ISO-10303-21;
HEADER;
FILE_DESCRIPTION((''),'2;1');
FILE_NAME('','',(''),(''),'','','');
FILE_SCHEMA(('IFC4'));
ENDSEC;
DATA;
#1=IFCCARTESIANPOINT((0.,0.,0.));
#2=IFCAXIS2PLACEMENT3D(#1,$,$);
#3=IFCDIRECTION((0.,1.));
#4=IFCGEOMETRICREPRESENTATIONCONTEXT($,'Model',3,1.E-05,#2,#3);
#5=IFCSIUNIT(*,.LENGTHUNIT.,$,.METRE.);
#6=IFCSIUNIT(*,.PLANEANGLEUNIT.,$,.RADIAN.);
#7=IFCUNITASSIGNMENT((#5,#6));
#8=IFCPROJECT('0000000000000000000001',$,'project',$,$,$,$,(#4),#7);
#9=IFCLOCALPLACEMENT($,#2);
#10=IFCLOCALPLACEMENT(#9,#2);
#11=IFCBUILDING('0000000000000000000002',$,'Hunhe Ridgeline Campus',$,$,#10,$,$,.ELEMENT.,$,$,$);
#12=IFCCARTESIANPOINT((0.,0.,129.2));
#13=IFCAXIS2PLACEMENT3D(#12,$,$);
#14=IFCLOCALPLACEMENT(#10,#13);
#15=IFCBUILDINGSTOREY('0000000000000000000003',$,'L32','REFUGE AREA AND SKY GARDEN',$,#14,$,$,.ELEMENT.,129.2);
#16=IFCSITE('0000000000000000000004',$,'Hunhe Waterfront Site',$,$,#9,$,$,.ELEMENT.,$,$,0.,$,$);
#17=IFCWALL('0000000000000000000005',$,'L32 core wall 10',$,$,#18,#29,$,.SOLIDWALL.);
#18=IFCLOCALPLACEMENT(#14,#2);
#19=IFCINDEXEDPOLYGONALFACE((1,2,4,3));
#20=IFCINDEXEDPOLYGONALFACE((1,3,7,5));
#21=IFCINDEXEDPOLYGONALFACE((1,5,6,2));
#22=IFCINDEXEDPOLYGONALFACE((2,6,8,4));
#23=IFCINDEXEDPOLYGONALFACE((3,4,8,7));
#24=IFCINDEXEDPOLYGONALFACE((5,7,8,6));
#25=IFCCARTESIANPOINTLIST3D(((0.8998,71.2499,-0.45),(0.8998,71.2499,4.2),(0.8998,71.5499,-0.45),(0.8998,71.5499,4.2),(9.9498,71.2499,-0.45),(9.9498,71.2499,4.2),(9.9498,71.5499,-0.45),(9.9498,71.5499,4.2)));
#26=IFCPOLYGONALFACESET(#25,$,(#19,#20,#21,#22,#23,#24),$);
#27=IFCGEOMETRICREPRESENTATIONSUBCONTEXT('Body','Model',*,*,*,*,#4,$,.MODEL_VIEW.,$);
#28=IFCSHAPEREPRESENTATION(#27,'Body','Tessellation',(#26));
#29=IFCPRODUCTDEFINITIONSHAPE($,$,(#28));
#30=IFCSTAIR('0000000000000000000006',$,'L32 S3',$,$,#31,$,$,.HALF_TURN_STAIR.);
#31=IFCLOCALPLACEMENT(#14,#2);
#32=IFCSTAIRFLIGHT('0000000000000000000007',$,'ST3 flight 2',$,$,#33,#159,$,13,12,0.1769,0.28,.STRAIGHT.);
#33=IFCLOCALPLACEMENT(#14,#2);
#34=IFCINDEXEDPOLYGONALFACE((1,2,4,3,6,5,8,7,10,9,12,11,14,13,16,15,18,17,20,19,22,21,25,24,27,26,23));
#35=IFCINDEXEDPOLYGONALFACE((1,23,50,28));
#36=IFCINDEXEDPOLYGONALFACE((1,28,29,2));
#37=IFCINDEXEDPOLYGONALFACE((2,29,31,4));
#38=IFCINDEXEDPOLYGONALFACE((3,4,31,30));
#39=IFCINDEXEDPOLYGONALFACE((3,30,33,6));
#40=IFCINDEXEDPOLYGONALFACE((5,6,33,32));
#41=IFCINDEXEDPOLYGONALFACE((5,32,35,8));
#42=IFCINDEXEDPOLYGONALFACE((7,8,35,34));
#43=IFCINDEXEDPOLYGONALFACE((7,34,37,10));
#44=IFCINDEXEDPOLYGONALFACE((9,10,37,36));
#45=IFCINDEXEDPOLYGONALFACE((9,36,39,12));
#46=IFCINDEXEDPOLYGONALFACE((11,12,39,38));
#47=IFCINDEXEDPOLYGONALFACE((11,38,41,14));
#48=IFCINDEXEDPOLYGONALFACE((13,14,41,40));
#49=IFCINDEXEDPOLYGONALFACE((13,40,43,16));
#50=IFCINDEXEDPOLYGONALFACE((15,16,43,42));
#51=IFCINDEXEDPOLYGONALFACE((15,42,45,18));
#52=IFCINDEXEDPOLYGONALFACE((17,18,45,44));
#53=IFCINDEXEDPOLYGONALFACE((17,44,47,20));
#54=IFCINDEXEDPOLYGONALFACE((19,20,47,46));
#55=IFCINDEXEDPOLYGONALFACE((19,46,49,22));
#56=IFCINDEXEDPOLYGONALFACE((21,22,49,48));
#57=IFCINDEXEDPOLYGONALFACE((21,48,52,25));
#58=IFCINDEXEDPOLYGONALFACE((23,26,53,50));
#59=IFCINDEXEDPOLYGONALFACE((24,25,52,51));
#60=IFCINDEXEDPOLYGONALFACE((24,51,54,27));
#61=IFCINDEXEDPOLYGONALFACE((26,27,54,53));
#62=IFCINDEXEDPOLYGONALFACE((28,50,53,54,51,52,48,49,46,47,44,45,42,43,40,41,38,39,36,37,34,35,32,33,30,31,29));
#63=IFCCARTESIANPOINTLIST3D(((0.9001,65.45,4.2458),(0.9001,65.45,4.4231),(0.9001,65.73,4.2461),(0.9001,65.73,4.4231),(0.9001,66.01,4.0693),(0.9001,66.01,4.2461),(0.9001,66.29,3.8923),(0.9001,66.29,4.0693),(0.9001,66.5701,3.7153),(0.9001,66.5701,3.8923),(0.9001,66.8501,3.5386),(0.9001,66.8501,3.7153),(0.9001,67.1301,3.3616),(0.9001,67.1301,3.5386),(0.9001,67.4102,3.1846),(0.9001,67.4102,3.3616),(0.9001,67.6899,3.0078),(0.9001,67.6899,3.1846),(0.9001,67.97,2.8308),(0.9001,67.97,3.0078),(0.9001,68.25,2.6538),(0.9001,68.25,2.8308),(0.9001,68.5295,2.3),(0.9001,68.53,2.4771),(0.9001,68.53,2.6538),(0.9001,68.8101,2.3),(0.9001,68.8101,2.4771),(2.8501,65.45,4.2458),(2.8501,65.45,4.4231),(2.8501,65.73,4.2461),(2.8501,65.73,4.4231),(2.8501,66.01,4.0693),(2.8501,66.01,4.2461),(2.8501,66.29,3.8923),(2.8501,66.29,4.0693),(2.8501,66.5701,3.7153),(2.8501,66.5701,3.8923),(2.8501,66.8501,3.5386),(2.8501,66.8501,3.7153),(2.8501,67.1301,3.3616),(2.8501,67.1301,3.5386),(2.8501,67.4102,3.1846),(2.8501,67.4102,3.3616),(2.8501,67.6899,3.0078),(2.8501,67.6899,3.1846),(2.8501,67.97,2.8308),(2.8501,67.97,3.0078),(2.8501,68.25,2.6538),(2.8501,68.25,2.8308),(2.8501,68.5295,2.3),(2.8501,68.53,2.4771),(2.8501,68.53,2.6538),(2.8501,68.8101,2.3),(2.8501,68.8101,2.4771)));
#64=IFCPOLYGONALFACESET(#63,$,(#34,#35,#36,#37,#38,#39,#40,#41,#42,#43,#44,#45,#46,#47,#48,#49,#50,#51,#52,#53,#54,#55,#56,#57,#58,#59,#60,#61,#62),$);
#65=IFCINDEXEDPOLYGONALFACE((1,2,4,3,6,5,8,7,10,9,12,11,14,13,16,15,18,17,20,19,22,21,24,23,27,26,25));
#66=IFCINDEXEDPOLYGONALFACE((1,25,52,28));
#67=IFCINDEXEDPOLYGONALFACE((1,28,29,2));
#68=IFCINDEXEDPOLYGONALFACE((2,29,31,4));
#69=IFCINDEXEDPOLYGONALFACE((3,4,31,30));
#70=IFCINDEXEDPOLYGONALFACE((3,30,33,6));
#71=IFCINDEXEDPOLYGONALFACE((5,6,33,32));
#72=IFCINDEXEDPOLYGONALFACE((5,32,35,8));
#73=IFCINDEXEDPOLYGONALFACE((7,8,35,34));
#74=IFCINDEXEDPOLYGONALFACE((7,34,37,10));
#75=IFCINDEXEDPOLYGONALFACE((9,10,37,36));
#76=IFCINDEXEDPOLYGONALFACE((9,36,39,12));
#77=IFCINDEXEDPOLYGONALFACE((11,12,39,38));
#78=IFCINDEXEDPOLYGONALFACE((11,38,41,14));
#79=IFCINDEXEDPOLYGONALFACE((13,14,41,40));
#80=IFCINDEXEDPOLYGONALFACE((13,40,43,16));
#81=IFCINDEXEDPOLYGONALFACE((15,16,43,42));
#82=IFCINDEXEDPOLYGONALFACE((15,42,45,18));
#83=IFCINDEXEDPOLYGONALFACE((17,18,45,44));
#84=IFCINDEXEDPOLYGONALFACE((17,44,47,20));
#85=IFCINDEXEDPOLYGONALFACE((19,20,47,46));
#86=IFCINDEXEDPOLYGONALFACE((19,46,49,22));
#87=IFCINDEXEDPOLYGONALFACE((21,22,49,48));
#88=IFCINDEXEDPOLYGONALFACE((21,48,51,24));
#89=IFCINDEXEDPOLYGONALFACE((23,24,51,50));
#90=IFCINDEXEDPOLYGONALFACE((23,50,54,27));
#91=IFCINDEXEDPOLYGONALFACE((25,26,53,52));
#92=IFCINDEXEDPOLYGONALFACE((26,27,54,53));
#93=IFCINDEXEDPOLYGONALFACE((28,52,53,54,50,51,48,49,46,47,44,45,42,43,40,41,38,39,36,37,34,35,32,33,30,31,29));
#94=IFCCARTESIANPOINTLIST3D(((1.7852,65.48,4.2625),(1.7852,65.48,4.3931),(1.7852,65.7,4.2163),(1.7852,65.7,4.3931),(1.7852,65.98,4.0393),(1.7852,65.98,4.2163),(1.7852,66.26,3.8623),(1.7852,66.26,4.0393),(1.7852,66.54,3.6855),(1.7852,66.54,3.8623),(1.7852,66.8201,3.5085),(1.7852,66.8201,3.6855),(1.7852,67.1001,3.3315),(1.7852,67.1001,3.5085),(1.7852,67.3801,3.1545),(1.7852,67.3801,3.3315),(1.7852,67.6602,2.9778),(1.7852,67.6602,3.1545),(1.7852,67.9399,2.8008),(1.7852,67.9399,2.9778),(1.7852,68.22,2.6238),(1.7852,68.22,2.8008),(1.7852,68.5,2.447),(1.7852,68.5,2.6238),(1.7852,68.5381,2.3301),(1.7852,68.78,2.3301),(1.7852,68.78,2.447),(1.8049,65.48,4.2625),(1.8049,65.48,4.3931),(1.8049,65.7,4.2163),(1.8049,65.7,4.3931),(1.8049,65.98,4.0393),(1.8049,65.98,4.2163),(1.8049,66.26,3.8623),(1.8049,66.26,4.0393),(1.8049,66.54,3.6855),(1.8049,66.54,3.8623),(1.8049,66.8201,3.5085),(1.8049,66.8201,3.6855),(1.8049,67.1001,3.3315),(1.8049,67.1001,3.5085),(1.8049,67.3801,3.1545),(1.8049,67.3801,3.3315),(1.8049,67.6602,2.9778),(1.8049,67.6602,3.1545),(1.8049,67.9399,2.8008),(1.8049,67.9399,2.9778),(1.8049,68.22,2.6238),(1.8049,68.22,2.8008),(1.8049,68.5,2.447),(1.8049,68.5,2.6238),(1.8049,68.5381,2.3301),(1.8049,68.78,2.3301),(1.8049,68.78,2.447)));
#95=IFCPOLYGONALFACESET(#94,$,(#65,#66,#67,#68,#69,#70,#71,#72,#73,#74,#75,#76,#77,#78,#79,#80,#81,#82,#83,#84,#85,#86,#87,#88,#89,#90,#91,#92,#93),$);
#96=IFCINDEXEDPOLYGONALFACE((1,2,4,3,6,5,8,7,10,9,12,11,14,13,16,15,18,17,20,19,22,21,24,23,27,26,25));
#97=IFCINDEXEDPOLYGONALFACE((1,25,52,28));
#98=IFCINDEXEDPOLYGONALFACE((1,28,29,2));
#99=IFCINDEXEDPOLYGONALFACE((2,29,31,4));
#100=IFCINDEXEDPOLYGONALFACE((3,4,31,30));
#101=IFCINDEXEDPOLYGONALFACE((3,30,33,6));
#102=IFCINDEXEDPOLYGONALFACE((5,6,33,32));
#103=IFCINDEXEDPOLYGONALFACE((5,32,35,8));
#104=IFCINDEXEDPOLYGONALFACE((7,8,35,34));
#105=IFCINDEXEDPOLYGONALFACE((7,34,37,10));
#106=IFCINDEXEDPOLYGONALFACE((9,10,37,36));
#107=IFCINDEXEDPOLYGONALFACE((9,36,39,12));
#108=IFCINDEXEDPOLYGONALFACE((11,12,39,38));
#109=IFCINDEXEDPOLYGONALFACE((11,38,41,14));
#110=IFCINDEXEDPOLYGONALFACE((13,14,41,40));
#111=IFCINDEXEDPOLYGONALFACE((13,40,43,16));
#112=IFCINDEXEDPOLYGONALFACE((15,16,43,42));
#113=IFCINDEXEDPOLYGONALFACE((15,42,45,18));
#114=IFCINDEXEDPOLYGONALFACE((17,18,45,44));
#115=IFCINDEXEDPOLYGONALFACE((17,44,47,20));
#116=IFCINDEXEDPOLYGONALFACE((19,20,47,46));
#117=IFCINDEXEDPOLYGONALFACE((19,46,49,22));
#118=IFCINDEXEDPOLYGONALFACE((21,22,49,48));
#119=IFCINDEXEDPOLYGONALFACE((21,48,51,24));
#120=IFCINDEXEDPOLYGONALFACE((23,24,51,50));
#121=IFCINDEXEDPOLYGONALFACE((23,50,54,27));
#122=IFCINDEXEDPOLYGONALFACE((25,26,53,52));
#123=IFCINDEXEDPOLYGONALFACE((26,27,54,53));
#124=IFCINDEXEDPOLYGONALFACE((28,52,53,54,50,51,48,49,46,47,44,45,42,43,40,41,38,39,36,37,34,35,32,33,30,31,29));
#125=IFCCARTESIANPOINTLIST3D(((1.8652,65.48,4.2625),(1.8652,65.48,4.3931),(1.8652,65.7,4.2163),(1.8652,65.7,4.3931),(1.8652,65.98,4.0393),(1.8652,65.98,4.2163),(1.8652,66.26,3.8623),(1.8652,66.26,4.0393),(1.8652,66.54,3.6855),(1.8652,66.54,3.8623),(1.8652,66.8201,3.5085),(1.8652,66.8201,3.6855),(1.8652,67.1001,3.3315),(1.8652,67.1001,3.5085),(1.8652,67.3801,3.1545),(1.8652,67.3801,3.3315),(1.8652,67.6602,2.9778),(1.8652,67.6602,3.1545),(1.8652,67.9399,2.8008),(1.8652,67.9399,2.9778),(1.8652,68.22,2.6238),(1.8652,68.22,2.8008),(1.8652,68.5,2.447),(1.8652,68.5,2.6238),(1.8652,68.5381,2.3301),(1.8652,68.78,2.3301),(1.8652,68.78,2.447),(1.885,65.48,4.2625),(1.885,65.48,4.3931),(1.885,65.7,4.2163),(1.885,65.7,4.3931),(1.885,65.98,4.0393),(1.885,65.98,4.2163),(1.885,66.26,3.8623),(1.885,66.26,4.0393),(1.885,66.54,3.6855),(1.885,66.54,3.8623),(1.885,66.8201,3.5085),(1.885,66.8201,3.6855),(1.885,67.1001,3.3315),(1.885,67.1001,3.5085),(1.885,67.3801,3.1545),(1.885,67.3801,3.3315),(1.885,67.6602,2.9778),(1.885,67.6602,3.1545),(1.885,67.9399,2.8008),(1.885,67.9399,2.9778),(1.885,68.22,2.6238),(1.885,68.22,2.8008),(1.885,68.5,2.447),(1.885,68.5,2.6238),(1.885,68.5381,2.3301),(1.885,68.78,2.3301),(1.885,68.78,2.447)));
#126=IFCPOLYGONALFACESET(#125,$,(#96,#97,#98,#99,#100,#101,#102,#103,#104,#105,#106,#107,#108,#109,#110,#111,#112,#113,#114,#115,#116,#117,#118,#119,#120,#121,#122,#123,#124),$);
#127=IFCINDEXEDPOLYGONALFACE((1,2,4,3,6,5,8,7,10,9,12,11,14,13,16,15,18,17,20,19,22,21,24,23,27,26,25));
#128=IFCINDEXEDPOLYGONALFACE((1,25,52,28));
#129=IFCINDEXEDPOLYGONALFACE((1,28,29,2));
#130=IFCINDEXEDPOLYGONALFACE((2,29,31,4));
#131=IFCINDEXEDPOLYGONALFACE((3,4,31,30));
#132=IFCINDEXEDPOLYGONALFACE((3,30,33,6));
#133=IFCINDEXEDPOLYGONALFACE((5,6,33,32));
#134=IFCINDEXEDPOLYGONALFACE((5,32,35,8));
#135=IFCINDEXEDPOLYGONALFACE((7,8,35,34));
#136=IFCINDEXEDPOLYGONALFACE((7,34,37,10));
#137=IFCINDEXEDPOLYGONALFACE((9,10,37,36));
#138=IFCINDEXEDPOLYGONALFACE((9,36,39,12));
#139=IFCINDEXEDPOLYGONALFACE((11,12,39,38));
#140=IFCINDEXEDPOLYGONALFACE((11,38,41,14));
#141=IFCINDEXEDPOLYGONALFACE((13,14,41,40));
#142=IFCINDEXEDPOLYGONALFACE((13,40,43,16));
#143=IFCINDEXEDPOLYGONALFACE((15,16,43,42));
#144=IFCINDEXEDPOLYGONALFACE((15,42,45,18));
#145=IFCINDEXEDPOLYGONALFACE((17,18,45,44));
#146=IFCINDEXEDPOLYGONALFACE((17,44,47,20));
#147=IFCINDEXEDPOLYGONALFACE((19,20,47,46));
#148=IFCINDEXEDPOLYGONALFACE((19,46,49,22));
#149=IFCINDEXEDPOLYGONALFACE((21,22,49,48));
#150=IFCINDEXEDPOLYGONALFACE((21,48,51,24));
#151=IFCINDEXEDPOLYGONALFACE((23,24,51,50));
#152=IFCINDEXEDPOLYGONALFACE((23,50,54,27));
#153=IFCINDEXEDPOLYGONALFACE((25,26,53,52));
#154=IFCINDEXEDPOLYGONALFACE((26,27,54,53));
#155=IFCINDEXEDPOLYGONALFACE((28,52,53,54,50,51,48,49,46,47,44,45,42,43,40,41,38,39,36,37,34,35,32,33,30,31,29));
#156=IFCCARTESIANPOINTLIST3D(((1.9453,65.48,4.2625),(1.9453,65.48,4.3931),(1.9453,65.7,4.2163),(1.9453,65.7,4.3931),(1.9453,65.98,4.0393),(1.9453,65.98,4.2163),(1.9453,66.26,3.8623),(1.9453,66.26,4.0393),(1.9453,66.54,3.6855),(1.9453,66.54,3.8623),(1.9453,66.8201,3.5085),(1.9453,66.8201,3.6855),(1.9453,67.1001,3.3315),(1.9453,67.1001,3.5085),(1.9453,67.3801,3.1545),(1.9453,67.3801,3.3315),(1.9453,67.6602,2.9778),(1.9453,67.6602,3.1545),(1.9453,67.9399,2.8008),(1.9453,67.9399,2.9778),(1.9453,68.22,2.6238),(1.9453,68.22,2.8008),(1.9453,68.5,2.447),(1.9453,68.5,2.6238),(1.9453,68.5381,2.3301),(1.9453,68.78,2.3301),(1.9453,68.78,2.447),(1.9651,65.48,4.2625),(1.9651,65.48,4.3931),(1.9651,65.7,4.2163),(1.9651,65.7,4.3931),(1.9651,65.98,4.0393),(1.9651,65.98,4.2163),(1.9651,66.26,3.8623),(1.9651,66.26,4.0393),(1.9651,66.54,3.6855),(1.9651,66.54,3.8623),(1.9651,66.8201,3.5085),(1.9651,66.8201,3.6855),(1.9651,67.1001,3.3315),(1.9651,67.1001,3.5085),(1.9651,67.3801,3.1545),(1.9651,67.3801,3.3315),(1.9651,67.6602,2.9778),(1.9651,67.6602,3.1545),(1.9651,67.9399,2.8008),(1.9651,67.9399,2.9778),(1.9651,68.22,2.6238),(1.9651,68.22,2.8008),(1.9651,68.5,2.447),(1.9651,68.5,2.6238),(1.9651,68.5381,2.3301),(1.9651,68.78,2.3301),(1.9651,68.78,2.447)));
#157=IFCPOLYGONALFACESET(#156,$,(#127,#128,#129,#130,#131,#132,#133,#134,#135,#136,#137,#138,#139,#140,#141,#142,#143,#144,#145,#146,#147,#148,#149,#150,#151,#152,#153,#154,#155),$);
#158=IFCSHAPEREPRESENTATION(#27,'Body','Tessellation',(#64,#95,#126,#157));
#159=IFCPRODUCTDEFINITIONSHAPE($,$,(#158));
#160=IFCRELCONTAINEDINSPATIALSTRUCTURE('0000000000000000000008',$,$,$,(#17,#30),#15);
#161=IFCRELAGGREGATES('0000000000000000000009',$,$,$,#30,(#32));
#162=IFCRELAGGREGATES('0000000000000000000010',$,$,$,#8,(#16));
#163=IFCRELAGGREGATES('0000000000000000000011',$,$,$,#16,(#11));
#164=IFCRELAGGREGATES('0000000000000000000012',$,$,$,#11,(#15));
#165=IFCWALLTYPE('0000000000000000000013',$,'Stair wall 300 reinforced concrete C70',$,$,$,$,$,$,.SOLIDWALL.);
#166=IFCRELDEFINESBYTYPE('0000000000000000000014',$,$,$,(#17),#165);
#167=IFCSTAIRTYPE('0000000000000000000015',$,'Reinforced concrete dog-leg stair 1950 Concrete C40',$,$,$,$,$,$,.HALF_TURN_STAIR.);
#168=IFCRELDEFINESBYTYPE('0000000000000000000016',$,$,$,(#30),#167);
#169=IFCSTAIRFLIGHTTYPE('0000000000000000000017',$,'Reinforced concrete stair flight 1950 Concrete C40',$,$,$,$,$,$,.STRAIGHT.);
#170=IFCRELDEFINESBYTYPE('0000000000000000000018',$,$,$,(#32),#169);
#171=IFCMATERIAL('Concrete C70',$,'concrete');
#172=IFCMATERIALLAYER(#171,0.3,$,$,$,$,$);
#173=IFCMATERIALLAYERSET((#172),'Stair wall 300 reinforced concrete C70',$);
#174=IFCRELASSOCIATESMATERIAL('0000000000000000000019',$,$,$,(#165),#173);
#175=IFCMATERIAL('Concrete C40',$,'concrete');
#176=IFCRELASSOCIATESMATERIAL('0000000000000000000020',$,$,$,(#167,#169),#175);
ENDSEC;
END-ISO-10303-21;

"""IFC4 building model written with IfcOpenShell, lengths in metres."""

from ifc_helpers import new_model, si_unit, direction, frame, frame_2d, origin, place, context, subcontext, project, spatial, polyline, rectangle, outline, extrude, material, layer, layer_set, type_object, element, aggregate, save


model = new_model("IFC4")

# Units and contexts
model_context = context("Model", 3, precision=1e-05, world=origin(), true_north=direction((0.0, 1.0)))
body_context = subcontext(model_context, "Body", "Model", "MODEL_VIEW")
ifc_project = project(units=[si_unit("LENGTHUNIT", "METRE"), si_unit("PLANEANGLEUNIT", "RADIAN")], contexts=[model_context])

# Site, building, storey
site_placement = place(None, origin())
site = spatial("IfcSite", under=ifc_project, at=site_placement, Name="Hunhe Waterfront Site", CompositionType="ELEMENT", RefElevation=0.0)
building_placement = place(site_placement, origin())
building = spatial("IfcBuilding", under=site, at=building_placement, Name="Hunhe Ridgeline Campus", CompositionType="ELEMENT")
storey_placement = place(building_placement, frame((0.0, 0.0, 129.2)))
storey = spatial("IfcBuildingStorey", under=building, at=storey_placement, Name="L32", Description="REFUGE AREA AND SKY GARDEN", CompositionType="ELEMENT", Elevation=129.2)

# Shared definitions
ifc_material_1 = material(Name="Concrete C70", Category="concrete")

# Wall
ifc_layer_1 = layer(ifc_material_1, 0.3)
ifc_layer_set_1 = layer_set([ifc_layer_1], Name="Stair wall 300 reinforced concrete C70")
wall_type_1 = type_object("IfcWallType", Name="Stair wall 300 reinforced concrete C70", PredefinedType="SOLIDWALL", material=ifc_layer_set_1)
wall_1_placement = place(storey_placement, frame((0.8999, 71.3999, -0.45), z_axis=(0.0, 0.0, 1.0), x_axis=(1.0, 0.0, 0.0)))
element("IfcWall", 1, at=wall_1_placement, inside=storey, type_object=wall_type_1, Name="L32 core wall 10", PredefinedType="SOLIDWALL", context=body_context, shape_type="SweptSolid", body=[
    extrude(rectangle(XDim=9.05, YDim=0.3, at=frame_2d((4.5249, 0.0))), origin(), (0.0, 0.0, 1.0), 4.6499),
])

# Stair, stair flight
ifc_material_2 = material(Name="Concrete C40", Category="concrete")
stair_type = type_object("IfcStairType", Name="Reinforced concrete dog-leg stair 1950 Concrete C40", PredefinedType="HALF_TURN_STAIR", material=ifc_material_2)
stair_placement = place(storey_placement, origin())
stair = element("IfcStair", 2, at=stair_placement, inside=storey, type_object=stair_type, Name="L32 S3", PredefinedType="HALF_TURN_STAIR")
stair_flight_type = type_object("IfcStairFlightType", Name="Reinforced concrete stair flight 1950 Concrete C40", PredefinedType="STRAIGHT", material=ifc_material_2)
stair_flight_placement = place(storey_placement, frame((1.875, 68.8101, 2.3), z_axis=(0.0, 0.0, 1.0), x_axis=(0.0, -1.0, 0.0)))
stair_flight = element("IfcStairFlight", 3, at=stair_flight_placement, type_object=stair_flight_type, Name="ST3 flight 2", NumberOfRisers=13, NumberOfTreads=12, PredefinedType="STRAIGHT", RiserHeight=0.1769, TreadLength=0.28, context=body_context, shape_type="SweptSolid", body=[
    extrude(outline(polyline([(0.0, 0.0), (0.0, 0.177), (0.28, 0.177), (0.28, 0.3538), (0.5601, 0.3538), (0.5601, 0.5308), (0.8401, 0.5308), (0.8401, 0.7078), (1.1201, 0.7078), (1.1201, 0.8845), (1.3999, 0.8845), (1.3999, 1.0615), (1.6799, 1.0615), (1.6799, 1.2385), (1.96, 1.2385), (1.96, 1.4153), (2.24, 1.4153), (2.24, 1.5923), (2.52, 1.5923), (2.52, 1.7693), (2.8, 1.7693), (2.8, 1.946), (3.0801, 1.946), (3.0801, 2.123), (3.3601, 2.123), (3.3601, 2.3), (3.3601, 1.9458), (0.2805, 0.0), (0.0, 0.0)])), frame((0.0, 0.9751, 0.0), z_axis=(0.0, -1.0, 0.0), x_axis=(1.0, 0.0, 0.0)), (0.0, 0.0, 1.0), 1.95),
    extrude(outline(polyline([(0.03, 0.03), (0.03, 0.147), (0.3101, 0.147), (0.3101, 0.3237), (0.5901, 0.3237), (0.5901, 0.5007), (0.8701, 0.5007), (0.8701, 0.6777), (1.1499, 0.6777), (1.1499, 0.8545), (1.4299, 0.8545), (1.4299, 1.0315), (1.71, 1.0315), (1.71, 1.2085), (1.99, 1.2085), (1.99, 1.3855), (2.27, 1.3855), (2.27, 1.5623), (2.55, 1.5623), (2.55, 1.7393), (2.8301, 1.7393), (2.8301, 1.9163), (3.1101, 1.9163), (3.1101, 2.093), (3.3301, 2.093), (3.3301, 1.9624), (0.272, 0.03), (0.03, 0.03)])), frame((0.0, -0.0701, 0.0), z_axis=(0.0, -1.0, 0.0), x_axis=(1.0, 0.0, 0.0)), (0.0, 0.0, 1.0), 0.0198),
    extrude(outline(polyline([(0.03, 0.03), (0.03, 0.147), (0.3101, 0.147), (0.3101, 0.3237), (0.5901, 0.3237), (0.5901, 0.5007), (0.8701, 0.5007), (0.8701, 0.6777), (1.1499, 0.6777), (1.1499, 0.8545), (1.4299, 0.8545), (1.4299, 1.0315), (1.71, 1.0315), (1.71, 1.2085), (1.99, 1.2085), (1.99, 1.3855), (2.27, 1.3855), (2.27, 1.5623), (2.55, 1.5623), (2.55, 1.7393), (2.8301, 1.7393), (2.8301, 1.9163), (3.1101, 1.9163), (3.1101, 2.093), (3.3301, 2.093), (3.3301, 1.9624), (0.272, 0.03), (0.03, 0.03)])), frame((0.0, 0.01, 0.0), z_axis=(0.0, -1.0, 0.0), x_axis=(1.0, 0.0, 0.0)), (0.0, 0.0, 1.0), 0.0198),
    extrude(outline(polyline([(0.03, 0.03), (0.03, 0.147), (0.3101, 0.147), (0.3101, 0.3237), (0.5901, 0.3237), (0.5901, 0.5007), (0.8701, 0.5007), (0.8701, 0.6777), (1.1499, 0.6777), (1.1499, 0.8545), (1.4299, 0.8545), (1.4299, 1.0315), (1.71, 1.0315), (1.71, 1.2085), (1.99, 1.2085), (1.99, 1.3855), (2.27, 1.3855), (2.27, 1.5623), (2.55, 1.5623), (2.55, 1.7393), (2.8301, 1.7393), (2.8301, 1.9163), (3.1101, 1.9163), (3.1101, 2.093), (3.3301, 2.093), (3.3301, 1.9624), (0.272, 0.03), (0.03, 0.03)])), frame((0.0, 0.0901, 0.0), z_axis=(0.0, -1.0, 0.0), x_axis=(1.0, 0.0, 0.0)), (0.0, 0.0, 1.0), 0.0198),
])
aggregate(stair, [stair_flight])

save(model, "model.ifc")
